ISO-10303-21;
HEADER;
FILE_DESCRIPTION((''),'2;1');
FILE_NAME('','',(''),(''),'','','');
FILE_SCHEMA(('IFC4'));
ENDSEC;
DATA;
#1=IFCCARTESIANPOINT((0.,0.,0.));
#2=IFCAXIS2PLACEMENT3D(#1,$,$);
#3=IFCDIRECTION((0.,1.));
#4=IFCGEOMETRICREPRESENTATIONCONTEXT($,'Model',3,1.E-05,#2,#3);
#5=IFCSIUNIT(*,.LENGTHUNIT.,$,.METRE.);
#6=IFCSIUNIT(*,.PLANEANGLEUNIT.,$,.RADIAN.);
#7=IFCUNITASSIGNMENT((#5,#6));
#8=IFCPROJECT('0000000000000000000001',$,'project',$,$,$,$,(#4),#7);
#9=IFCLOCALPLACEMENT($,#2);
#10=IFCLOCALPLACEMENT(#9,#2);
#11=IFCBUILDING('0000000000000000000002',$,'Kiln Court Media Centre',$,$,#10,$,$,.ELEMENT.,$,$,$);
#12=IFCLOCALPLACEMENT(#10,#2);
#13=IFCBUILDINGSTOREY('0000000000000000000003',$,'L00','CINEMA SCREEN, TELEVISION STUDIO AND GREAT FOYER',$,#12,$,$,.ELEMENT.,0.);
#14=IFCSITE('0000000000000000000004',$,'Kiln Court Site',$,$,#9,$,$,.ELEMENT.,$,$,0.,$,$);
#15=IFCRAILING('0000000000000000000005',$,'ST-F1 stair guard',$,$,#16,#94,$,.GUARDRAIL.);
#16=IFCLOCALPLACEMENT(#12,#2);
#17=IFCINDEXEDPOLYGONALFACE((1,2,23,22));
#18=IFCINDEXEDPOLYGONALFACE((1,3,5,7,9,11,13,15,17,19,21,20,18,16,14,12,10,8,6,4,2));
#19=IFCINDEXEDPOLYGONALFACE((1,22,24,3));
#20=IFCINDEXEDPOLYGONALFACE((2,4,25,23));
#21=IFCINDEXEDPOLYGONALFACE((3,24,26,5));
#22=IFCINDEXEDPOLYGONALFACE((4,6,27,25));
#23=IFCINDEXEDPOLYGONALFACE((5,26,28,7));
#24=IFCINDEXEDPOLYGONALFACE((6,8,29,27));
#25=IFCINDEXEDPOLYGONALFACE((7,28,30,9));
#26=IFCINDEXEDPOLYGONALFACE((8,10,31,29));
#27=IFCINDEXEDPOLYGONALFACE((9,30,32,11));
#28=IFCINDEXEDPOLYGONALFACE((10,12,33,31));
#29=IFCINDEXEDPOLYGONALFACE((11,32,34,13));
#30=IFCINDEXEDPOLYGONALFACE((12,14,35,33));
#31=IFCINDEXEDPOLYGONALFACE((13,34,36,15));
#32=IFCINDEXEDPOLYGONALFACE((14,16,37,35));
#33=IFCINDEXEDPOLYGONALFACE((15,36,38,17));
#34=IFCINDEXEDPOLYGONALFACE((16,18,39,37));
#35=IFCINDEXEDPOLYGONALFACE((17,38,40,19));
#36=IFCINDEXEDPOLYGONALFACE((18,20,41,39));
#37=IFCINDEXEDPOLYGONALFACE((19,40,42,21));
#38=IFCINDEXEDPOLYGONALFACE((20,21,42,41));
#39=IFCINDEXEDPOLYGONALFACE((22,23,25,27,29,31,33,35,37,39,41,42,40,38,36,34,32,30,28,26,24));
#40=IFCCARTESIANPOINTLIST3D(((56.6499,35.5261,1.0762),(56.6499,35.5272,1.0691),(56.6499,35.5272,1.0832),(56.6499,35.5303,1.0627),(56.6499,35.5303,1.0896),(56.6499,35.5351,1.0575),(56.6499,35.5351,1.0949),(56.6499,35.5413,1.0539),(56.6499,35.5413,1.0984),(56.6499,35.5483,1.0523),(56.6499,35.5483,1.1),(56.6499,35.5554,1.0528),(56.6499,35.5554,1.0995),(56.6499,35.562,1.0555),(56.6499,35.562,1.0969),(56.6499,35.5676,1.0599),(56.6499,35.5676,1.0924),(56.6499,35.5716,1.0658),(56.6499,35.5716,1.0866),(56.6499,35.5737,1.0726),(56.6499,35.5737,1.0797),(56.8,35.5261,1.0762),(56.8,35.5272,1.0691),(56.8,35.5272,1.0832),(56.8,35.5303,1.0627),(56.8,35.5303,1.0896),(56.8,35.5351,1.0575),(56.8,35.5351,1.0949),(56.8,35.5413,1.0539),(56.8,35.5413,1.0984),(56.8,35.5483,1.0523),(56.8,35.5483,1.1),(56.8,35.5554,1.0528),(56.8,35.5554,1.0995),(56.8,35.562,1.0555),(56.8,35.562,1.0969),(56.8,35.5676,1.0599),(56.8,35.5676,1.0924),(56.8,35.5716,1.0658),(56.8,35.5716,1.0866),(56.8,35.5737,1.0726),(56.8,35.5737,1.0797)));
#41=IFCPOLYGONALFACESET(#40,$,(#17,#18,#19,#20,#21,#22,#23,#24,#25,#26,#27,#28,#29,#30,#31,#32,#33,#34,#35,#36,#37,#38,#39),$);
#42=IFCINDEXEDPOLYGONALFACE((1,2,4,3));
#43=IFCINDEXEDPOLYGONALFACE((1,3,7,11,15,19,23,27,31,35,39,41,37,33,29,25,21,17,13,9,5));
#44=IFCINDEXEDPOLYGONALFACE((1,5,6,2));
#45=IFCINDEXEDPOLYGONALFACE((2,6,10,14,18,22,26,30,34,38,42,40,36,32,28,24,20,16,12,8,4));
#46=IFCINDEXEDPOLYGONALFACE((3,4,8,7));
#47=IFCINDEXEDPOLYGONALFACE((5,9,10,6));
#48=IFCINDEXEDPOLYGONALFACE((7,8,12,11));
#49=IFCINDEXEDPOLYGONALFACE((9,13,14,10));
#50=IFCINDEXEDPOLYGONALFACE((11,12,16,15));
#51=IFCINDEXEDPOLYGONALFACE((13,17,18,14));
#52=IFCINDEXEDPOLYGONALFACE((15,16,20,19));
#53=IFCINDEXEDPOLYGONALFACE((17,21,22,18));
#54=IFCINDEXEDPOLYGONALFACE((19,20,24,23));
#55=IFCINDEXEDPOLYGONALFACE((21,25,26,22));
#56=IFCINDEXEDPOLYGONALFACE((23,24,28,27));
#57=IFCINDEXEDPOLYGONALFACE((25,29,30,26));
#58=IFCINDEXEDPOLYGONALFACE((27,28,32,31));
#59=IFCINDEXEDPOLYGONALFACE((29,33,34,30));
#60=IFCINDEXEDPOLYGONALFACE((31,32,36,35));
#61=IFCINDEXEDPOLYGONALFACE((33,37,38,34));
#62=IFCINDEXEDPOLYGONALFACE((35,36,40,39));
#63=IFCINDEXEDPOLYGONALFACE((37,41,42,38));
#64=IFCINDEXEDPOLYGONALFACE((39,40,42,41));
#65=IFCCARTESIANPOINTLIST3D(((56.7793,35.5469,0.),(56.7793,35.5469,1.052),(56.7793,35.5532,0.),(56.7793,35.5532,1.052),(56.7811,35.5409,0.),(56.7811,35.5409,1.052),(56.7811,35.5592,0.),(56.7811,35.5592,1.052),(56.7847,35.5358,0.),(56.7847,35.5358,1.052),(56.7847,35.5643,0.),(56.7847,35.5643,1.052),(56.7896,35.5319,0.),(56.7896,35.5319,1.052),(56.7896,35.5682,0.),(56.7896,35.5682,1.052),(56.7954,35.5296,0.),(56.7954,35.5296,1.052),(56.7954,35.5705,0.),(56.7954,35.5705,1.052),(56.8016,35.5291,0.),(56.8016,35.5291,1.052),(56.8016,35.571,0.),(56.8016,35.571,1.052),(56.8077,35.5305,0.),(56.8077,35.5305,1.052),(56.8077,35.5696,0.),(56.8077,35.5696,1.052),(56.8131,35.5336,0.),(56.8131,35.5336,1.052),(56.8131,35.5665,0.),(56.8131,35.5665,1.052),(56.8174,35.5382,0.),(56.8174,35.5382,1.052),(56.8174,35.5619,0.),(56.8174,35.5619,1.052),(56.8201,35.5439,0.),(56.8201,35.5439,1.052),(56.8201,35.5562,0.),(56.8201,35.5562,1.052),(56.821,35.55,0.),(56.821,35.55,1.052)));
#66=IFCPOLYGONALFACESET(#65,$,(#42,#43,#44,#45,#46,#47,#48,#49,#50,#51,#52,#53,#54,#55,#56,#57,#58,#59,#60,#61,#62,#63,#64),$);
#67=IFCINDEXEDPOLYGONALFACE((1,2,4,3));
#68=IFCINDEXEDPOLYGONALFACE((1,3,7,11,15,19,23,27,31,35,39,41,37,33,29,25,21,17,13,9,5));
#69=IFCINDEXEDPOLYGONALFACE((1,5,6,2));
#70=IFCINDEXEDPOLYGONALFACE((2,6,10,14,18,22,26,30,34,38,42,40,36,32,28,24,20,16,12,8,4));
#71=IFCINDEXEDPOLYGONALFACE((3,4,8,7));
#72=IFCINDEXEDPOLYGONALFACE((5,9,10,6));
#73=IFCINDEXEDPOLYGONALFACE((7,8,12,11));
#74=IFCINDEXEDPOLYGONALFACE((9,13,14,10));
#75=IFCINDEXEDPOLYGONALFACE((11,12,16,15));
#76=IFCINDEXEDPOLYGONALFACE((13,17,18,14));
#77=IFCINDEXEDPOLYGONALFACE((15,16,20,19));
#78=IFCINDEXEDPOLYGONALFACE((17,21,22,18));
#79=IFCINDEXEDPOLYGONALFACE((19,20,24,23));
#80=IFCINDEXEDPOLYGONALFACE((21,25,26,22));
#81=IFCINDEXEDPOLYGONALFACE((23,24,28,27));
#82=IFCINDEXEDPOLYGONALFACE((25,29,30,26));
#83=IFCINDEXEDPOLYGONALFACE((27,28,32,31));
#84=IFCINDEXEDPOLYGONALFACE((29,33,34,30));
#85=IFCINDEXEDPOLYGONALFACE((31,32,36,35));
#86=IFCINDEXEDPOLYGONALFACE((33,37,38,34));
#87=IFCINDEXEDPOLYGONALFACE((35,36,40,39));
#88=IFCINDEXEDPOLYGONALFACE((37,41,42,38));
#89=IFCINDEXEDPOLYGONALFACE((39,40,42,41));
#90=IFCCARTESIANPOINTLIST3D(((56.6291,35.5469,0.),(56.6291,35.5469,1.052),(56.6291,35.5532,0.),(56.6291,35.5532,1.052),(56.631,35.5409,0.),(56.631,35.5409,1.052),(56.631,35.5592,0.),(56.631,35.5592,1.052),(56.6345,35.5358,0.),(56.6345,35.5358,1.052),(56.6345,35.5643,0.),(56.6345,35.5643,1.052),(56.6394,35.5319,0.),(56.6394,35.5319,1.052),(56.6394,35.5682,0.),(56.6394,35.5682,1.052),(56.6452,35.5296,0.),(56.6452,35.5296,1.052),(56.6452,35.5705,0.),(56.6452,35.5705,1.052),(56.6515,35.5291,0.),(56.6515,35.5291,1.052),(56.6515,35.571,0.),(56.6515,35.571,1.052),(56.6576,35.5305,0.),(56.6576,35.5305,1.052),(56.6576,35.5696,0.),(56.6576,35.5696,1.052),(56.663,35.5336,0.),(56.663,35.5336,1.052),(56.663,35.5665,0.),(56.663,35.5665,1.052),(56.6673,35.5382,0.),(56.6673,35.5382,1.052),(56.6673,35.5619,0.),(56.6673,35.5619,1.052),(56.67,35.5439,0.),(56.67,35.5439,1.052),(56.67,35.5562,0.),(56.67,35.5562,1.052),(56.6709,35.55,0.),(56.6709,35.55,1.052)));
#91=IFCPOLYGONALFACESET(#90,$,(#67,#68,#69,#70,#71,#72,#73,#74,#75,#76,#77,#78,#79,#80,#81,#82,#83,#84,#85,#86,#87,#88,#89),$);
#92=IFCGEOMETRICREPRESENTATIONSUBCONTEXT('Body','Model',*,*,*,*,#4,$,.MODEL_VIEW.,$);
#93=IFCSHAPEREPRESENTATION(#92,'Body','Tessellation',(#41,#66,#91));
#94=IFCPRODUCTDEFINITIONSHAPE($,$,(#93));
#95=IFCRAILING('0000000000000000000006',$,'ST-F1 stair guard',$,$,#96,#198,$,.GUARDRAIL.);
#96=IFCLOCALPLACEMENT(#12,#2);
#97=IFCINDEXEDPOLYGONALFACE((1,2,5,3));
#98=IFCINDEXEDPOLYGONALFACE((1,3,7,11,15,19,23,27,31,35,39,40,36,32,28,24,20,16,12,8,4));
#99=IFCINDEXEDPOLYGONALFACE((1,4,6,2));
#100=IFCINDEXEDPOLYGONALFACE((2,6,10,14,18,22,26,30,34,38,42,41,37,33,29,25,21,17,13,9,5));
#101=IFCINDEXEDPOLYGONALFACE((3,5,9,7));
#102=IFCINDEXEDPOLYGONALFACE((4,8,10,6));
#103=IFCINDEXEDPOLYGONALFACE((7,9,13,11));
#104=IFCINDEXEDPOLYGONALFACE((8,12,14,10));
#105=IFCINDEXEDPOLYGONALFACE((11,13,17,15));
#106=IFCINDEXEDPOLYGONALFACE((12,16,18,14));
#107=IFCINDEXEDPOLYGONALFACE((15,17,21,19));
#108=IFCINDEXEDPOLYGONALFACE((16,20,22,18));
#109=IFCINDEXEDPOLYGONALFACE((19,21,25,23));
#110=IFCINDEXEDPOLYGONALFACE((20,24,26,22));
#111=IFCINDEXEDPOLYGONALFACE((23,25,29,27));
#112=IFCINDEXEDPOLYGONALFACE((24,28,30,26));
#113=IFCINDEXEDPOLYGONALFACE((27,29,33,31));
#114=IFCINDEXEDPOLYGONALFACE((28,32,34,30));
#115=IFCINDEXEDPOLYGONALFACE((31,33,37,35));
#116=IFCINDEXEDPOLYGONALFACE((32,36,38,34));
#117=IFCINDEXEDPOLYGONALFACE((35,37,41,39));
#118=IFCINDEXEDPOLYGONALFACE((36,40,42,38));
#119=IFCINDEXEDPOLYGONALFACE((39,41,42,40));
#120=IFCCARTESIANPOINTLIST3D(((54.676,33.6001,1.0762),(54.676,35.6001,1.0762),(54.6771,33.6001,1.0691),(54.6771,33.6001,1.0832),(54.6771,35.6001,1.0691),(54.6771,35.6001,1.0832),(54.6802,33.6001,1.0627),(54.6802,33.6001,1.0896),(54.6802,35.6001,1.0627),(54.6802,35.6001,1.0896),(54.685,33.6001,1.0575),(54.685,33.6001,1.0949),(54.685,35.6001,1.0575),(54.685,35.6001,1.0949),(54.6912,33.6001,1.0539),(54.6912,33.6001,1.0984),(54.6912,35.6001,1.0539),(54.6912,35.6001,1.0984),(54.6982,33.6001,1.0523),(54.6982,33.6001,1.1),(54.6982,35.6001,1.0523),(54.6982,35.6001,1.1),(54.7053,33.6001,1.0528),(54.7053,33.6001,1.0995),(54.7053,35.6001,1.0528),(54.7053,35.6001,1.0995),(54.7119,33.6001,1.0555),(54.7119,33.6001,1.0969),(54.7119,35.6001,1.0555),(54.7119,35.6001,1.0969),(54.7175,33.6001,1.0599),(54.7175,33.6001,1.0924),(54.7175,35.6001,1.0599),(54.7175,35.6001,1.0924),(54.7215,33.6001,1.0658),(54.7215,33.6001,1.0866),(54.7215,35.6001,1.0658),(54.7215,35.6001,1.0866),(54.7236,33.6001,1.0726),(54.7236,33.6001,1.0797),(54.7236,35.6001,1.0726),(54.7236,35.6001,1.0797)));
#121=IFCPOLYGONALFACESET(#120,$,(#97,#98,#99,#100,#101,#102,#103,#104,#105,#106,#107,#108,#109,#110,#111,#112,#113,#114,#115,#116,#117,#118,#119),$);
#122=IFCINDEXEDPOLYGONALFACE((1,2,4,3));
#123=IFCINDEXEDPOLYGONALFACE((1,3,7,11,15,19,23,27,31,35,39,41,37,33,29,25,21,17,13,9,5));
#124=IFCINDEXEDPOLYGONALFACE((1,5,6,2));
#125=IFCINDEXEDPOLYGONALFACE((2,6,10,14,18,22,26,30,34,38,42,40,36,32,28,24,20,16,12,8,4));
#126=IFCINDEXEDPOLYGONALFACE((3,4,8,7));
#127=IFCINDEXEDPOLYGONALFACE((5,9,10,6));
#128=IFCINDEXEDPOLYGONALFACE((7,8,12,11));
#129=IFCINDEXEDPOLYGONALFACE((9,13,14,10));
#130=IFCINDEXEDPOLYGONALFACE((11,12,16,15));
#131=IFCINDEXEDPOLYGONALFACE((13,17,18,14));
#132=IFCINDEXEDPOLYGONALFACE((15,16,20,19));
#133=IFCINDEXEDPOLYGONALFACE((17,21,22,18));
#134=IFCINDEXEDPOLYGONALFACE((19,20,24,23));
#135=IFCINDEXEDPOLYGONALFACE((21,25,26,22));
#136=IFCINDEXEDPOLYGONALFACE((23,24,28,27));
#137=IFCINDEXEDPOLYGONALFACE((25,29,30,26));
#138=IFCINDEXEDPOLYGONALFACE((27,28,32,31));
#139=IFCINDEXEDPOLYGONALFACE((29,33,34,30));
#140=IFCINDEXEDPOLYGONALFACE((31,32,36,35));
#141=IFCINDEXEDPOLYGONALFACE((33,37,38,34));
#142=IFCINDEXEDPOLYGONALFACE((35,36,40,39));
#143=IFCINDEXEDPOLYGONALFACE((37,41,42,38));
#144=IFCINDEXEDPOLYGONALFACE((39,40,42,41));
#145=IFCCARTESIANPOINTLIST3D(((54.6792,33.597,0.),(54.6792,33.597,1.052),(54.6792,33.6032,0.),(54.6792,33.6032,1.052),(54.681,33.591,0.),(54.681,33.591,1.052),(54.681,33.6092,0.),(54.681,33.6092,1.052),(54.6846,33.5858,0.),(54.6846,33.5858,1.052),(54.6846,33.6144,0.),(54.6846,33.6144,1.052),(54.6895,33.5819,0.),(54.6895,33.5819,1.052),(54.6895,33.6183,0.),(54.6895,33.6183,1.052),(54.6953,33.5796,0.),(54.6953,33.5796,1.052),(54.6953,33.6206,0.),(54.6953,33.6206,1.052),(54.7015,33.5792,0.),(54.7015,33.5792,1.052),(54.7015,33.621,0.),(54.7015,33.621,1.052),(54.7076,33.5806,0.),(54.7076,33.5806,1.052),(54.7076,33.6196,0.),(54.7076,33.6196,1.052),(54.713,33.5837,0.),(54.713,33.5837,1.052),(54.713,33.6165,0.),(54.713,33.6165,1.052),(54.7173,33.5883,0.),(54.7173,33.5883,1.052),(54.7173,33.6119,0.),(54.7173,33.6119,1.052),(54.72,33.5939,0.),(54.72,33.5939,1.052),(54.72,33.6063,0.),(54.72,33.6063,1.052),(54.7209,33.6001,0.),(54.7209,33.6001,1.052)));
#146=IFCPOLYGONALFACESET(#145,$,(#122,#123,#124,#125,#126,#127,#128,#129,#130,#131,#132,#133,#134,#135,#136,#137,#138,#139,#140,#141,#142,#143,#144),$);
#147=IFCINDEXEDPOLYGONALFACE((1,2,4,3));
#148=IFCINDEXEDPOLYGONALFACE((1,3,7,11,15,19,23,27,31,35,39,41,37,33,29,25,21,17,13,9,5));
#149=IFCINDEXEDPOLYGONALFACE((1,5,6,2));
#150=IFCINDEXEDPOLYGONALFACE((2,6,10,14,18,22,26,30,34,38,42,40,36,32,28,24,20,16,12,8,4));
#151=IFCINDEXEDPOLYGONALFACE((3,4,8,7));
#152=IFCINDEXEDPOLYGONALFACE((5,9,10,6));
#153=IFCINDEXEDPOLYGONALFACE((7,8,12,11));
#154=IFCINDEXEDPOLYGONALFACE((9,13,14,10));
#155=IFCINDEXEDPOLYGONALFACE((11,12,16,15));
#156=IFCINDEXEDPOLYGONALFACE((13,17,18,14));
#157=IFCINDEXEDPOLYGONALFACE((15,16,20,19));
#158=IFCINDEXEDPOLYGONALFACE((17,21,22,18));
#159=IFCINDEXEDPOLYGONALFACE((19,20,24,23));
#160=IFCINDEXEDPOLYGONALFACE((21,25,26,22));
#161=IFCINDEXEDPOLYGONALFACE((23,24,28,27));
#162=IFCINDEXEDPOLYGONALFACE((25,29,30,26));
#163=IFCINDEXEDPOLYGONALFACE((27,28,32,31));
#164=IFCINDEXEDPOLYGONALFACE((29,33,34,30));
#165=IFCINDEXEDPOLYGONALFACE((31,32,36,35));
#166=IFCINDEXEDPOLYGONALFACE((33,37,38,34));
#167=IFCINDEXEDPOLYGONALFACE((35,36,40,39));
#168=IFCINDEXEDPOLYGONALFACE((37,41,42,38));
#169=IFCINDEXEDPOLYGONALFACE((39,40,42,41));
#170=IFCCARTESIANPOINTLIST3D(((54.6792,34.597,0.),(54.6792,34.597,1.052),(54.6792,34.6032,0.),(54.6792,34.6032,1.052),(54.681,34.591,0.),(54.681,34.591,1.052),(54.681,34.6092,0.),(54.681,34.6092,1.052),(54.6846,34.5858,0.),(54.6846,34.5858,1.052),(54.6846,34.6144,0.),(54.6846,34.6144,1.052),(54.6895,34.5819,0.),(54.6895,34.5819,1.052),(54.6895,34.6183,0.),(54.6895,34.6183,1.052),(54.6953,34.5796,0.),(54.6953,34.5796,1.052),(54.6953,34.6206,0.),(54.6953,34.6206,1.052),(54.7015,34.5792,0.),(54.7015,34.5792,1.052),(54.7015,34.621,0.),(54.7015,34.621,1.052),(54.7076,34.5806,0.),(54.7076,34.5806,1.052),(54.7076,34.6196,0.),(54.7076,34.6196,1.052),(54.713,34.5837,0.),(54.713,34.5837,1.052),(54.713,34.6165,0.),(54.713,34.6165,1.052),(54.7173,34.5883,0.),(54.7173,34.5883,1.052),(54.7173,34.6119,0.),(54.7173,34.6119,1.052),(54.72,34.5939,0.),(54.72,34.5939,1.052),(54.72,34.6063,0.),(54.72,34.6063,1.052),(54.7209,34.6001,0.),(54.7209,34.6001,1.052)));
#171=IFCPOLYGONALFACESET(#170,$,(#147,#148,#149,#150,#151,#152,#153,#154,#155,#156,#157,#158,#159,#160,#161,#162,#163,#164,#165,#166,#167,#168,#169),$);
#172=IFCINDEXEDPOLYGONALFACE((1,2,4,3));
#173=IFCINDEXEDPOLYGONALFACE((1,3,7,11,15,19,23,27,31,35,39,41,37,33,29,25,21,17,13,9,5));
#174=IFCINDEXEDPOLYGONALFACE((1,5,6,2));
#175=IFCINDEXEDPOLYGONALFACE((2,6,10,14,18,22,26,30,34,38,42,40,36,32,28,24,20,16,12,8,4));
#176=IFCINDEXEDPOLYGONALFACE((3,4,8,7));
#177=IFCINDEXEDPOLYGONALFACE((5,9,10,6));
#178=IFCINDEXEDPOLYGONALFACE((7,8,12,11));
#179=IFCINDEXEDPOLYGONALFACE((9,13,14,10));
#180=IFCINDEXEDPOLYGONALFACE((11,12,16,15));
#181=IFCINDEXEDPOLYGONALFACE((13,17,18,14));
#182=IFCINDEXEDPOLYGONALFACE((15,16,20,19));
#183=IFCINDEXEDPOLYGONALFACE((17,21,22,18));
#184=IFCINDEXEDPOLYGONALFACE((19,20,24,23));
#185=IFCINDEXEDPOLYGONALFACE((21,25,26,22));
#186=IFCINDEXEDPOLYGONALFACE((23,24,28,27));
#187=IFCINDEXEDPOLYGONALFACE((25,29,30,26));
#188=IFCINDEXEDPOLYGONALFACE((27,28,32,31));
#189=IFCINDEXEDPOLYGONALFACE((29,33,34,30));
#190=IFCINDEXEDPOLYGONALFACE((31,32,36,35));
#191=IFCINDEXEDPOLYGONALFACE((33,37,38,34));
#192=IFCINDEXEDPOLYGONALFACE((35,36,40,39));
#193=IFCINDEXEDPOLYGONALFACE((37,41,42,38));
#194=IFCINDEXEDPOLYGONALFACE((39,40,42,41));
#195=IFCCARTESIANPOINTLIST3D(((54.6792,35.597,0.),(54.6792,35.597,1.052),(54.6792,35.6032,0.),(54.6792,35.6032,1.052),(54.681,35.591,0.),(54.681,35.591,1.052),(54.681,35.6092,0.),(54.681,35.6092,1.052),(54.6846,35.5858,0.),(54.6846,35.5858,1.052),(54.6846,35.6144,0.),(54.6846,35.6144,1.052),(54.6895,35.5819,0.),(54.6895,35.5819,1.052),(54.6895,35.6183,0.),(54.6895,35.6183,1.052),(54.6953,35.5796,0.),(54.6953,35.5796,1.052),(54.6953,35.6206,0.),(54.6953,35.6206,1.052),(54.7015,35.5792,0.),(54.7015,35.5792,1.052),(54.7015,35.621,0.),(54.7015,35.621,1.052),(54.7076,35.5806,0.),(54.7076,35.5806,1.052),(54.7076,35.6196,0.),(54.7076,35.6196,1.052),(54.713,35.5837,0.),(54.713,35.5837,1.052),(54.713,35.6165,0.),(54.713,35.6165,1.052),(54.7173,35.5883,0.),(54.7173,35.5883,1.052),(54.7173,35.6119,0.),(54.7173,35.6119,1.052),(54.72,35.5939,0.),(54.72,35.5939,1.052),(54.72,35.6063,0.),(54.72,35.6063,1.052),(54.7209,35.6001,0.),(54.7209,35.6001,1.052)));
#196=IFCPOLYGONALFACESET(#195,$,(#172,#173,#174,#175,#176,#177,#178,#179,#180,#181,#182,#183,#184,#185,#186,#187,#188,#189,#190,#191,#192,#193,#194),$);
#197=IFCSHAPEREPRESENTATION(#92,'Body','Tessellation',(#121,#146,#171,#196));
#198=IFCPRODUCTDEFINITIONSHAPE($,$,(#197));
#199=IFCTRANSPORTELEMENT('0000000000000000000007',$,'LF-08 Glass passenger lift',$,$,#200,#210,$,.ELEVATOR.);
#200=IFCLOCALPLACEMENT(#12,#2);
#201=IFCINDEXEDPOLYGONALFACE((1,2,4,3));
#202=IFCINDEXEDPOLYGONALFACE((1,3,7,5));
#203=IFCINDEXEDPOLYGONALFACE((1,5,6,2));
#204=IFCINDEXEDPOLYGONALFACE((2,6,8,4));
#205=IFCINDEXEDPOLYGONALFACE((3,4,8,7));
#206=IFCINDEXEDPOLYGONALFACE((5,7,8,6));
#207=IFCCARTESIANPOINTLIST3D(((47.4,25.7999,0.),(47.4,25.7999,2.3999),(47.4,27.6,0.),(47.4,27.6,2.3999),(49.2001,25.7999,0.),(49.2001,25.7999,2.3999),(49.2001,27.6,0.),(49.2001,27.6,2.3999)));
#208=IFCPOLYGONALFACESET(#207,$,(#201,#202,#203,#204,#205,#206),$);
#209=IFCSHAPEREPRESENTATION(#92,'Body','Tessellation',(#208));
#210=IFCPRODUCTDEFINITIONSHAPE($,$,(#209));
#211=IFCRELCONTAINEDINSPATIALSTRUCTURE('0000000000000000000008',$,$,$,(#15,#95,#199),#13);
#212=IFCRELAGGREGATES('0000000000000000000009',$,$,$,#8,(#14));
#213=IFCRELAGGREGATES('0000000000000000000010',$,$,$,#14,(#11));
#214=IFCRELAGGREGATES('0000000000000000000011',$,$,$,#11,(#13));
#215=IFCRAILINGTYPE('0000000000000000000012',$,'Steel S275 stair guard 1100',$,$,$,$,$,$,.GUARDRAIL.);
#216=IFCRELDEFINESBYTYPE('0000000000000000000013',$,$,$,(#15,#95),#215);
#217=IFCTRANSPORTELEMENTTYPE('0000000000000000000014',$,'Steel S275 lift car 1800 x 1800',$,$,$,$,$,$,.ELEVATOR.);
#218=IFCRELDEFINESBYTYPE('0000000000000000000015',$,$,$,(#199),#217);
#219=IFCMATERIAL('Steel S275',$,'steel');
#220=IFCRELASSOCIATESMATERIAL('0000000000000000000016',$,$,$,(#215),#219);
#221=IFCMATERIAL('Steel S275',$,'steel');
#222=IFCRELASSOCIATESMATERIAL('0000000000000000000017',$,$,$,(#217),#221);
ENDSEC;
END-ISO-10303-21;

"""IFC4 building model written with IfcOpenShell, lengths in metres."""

from ifc_helpers import new_model, si_unit, direction, frame, origin, origin_2d, place, context, subcontext, project, spatial, rectangle, circle, extrude, material, type_object, element, save


model = new_model("IFC4")

# Units and contexts
model_context = context("Model", 3, precision=1e-05, world=origin(), true_north=direction((0.0, 1.0)))
body_context = subcontext(model_context, "Body", "Model", "MODEL_VIEW")
ifc_project = project(units=[si_unit("LENGTHUNIT", "METRE"), si_unit("PLANEANGLEUNIT", "RADIAN")], contexts=[model_context])

# Site, building, storey
site_placement = place(None, origin())
site = spatial("IfcSite", under=ifc_project, at=site_placement, Name="Kiln Court Site", CompositionType="ELEMENT", RefElevation=0.0)
building_placement = place(site_placement, origin())
building = spatial("IfcBuilding", under=site, at=building_placement, Name="Kiln Court Media Centre", CompositionType="ELEMENT")
storey_placement = place(building_placement, origin())
storey = spatial("IfcBuildingStorey", under=building, at=storey_placement, Name="L00", Description="CINEMA SCREEN, TELEVISION STUDIO AND GREAT FOYER", CompositionType="ELEMENT", Elevation=0.0)

# Railings
ifc_material_1 = material(Name="Steel S275", Category="steel")
railing_type = type_object("IfcRailingType", Name="Steel S275 stair guard 1100", PredefinedType="GUARDRAIL", material=ifc_material_1)
railing_1_placement = place(storey_placement, frame((56.8, 35.55, 0.0)))
element("IfcRailing", 1, at=railing_1_placement, inside=storey, type_object=railing_type, Name="ST-F1 stair guard", PredefinedType="GUARDRAIL", context=body_context, shape_type="SweptSolid", body=[
    extrude(circle(Radius=0.0239, at=origin_2d()), frame((0.0, 0.0, 1.0762), z_axis=(-1.0, 0.0, 0.0), x_axis=(0.0, -1.0, 0.0)), (0.0, 0.0, 1.0), 0.1501),
    extrude(circle(Radius=0.021, at=origin_2d()), origin(), (0.0, 0.0, 1.0), 1.052),
    extrude(circle(Radius=0.021, at=origin_2d()), frame((-0.1501, 0.0, 0.0)), (0.0, 0.0, 1.0), 1.052),
])
railing_2_placement = place(storey_placement, frame((54.7, 33.6001, 0.0)))
element("IfcRailing", 2, at=railing_2_placement, inside=storey, type_object=railing_type, Name="ST-F1 stair guard", PredefinedType="GUARDRAIL", context=body_context, shape_type="SweptSolid", body=[
    extrude(circle(Radius=0.0239, at=origin_2d()), frame((0.0, 0.0, 1.0762), z_axis=(0.0, 1.0, 0.0), x_axis=(-1.0, 0.0, 0.0)), (0.0, 0.0, 1.0), 2.0),
    extrude(circle(Radius=0.021, at=origin_2d()), origin(), (0.0, 0.0, 1.0), 1.052),
    extrude(circle(Radius=0.021, at=origin_2d()), frame((0.0, 1.0, 0.0)), (0.0, 0.0, 1.0), 1.052),
    extrude(circle(Radius=0.021, at=origin_2d()), frame((0.0, 2.0, 0.0)), (0.0, 0.0, 1.0), 1.052),
])

# Transport element
ifc_material_2 = material(Name="Steel S275", Category="steel")
transport_element_type = type_object("IfcTransportElementType", Name="Steel S275 lift car 1800 x 1800", PredefinedType="ELEVATOR", material=ifc_material_2)
transport_element_placement = place(storey_placement, frame((48.3, 26.7, 0.0), z_axis=(0.0, 0.0, 1.0), x_axis=(1.0, 0.0, 0.0)))
element("IfcTransportElement", 3, at=transport_element_placement, inside=storey, type_object=transport_element_type, Name="LF-08 Glass passenger lift", PredefinedType="ELEVATOR", context=body_context, shape_type="SweptSolid", body=[
    extrude(rectangle(XDim=1.8, YDim=1.8, at=origin_2d()), origin(), (0.0, 0.0, 1.0), 2.3999),
])

save(model, "model.ifc")
